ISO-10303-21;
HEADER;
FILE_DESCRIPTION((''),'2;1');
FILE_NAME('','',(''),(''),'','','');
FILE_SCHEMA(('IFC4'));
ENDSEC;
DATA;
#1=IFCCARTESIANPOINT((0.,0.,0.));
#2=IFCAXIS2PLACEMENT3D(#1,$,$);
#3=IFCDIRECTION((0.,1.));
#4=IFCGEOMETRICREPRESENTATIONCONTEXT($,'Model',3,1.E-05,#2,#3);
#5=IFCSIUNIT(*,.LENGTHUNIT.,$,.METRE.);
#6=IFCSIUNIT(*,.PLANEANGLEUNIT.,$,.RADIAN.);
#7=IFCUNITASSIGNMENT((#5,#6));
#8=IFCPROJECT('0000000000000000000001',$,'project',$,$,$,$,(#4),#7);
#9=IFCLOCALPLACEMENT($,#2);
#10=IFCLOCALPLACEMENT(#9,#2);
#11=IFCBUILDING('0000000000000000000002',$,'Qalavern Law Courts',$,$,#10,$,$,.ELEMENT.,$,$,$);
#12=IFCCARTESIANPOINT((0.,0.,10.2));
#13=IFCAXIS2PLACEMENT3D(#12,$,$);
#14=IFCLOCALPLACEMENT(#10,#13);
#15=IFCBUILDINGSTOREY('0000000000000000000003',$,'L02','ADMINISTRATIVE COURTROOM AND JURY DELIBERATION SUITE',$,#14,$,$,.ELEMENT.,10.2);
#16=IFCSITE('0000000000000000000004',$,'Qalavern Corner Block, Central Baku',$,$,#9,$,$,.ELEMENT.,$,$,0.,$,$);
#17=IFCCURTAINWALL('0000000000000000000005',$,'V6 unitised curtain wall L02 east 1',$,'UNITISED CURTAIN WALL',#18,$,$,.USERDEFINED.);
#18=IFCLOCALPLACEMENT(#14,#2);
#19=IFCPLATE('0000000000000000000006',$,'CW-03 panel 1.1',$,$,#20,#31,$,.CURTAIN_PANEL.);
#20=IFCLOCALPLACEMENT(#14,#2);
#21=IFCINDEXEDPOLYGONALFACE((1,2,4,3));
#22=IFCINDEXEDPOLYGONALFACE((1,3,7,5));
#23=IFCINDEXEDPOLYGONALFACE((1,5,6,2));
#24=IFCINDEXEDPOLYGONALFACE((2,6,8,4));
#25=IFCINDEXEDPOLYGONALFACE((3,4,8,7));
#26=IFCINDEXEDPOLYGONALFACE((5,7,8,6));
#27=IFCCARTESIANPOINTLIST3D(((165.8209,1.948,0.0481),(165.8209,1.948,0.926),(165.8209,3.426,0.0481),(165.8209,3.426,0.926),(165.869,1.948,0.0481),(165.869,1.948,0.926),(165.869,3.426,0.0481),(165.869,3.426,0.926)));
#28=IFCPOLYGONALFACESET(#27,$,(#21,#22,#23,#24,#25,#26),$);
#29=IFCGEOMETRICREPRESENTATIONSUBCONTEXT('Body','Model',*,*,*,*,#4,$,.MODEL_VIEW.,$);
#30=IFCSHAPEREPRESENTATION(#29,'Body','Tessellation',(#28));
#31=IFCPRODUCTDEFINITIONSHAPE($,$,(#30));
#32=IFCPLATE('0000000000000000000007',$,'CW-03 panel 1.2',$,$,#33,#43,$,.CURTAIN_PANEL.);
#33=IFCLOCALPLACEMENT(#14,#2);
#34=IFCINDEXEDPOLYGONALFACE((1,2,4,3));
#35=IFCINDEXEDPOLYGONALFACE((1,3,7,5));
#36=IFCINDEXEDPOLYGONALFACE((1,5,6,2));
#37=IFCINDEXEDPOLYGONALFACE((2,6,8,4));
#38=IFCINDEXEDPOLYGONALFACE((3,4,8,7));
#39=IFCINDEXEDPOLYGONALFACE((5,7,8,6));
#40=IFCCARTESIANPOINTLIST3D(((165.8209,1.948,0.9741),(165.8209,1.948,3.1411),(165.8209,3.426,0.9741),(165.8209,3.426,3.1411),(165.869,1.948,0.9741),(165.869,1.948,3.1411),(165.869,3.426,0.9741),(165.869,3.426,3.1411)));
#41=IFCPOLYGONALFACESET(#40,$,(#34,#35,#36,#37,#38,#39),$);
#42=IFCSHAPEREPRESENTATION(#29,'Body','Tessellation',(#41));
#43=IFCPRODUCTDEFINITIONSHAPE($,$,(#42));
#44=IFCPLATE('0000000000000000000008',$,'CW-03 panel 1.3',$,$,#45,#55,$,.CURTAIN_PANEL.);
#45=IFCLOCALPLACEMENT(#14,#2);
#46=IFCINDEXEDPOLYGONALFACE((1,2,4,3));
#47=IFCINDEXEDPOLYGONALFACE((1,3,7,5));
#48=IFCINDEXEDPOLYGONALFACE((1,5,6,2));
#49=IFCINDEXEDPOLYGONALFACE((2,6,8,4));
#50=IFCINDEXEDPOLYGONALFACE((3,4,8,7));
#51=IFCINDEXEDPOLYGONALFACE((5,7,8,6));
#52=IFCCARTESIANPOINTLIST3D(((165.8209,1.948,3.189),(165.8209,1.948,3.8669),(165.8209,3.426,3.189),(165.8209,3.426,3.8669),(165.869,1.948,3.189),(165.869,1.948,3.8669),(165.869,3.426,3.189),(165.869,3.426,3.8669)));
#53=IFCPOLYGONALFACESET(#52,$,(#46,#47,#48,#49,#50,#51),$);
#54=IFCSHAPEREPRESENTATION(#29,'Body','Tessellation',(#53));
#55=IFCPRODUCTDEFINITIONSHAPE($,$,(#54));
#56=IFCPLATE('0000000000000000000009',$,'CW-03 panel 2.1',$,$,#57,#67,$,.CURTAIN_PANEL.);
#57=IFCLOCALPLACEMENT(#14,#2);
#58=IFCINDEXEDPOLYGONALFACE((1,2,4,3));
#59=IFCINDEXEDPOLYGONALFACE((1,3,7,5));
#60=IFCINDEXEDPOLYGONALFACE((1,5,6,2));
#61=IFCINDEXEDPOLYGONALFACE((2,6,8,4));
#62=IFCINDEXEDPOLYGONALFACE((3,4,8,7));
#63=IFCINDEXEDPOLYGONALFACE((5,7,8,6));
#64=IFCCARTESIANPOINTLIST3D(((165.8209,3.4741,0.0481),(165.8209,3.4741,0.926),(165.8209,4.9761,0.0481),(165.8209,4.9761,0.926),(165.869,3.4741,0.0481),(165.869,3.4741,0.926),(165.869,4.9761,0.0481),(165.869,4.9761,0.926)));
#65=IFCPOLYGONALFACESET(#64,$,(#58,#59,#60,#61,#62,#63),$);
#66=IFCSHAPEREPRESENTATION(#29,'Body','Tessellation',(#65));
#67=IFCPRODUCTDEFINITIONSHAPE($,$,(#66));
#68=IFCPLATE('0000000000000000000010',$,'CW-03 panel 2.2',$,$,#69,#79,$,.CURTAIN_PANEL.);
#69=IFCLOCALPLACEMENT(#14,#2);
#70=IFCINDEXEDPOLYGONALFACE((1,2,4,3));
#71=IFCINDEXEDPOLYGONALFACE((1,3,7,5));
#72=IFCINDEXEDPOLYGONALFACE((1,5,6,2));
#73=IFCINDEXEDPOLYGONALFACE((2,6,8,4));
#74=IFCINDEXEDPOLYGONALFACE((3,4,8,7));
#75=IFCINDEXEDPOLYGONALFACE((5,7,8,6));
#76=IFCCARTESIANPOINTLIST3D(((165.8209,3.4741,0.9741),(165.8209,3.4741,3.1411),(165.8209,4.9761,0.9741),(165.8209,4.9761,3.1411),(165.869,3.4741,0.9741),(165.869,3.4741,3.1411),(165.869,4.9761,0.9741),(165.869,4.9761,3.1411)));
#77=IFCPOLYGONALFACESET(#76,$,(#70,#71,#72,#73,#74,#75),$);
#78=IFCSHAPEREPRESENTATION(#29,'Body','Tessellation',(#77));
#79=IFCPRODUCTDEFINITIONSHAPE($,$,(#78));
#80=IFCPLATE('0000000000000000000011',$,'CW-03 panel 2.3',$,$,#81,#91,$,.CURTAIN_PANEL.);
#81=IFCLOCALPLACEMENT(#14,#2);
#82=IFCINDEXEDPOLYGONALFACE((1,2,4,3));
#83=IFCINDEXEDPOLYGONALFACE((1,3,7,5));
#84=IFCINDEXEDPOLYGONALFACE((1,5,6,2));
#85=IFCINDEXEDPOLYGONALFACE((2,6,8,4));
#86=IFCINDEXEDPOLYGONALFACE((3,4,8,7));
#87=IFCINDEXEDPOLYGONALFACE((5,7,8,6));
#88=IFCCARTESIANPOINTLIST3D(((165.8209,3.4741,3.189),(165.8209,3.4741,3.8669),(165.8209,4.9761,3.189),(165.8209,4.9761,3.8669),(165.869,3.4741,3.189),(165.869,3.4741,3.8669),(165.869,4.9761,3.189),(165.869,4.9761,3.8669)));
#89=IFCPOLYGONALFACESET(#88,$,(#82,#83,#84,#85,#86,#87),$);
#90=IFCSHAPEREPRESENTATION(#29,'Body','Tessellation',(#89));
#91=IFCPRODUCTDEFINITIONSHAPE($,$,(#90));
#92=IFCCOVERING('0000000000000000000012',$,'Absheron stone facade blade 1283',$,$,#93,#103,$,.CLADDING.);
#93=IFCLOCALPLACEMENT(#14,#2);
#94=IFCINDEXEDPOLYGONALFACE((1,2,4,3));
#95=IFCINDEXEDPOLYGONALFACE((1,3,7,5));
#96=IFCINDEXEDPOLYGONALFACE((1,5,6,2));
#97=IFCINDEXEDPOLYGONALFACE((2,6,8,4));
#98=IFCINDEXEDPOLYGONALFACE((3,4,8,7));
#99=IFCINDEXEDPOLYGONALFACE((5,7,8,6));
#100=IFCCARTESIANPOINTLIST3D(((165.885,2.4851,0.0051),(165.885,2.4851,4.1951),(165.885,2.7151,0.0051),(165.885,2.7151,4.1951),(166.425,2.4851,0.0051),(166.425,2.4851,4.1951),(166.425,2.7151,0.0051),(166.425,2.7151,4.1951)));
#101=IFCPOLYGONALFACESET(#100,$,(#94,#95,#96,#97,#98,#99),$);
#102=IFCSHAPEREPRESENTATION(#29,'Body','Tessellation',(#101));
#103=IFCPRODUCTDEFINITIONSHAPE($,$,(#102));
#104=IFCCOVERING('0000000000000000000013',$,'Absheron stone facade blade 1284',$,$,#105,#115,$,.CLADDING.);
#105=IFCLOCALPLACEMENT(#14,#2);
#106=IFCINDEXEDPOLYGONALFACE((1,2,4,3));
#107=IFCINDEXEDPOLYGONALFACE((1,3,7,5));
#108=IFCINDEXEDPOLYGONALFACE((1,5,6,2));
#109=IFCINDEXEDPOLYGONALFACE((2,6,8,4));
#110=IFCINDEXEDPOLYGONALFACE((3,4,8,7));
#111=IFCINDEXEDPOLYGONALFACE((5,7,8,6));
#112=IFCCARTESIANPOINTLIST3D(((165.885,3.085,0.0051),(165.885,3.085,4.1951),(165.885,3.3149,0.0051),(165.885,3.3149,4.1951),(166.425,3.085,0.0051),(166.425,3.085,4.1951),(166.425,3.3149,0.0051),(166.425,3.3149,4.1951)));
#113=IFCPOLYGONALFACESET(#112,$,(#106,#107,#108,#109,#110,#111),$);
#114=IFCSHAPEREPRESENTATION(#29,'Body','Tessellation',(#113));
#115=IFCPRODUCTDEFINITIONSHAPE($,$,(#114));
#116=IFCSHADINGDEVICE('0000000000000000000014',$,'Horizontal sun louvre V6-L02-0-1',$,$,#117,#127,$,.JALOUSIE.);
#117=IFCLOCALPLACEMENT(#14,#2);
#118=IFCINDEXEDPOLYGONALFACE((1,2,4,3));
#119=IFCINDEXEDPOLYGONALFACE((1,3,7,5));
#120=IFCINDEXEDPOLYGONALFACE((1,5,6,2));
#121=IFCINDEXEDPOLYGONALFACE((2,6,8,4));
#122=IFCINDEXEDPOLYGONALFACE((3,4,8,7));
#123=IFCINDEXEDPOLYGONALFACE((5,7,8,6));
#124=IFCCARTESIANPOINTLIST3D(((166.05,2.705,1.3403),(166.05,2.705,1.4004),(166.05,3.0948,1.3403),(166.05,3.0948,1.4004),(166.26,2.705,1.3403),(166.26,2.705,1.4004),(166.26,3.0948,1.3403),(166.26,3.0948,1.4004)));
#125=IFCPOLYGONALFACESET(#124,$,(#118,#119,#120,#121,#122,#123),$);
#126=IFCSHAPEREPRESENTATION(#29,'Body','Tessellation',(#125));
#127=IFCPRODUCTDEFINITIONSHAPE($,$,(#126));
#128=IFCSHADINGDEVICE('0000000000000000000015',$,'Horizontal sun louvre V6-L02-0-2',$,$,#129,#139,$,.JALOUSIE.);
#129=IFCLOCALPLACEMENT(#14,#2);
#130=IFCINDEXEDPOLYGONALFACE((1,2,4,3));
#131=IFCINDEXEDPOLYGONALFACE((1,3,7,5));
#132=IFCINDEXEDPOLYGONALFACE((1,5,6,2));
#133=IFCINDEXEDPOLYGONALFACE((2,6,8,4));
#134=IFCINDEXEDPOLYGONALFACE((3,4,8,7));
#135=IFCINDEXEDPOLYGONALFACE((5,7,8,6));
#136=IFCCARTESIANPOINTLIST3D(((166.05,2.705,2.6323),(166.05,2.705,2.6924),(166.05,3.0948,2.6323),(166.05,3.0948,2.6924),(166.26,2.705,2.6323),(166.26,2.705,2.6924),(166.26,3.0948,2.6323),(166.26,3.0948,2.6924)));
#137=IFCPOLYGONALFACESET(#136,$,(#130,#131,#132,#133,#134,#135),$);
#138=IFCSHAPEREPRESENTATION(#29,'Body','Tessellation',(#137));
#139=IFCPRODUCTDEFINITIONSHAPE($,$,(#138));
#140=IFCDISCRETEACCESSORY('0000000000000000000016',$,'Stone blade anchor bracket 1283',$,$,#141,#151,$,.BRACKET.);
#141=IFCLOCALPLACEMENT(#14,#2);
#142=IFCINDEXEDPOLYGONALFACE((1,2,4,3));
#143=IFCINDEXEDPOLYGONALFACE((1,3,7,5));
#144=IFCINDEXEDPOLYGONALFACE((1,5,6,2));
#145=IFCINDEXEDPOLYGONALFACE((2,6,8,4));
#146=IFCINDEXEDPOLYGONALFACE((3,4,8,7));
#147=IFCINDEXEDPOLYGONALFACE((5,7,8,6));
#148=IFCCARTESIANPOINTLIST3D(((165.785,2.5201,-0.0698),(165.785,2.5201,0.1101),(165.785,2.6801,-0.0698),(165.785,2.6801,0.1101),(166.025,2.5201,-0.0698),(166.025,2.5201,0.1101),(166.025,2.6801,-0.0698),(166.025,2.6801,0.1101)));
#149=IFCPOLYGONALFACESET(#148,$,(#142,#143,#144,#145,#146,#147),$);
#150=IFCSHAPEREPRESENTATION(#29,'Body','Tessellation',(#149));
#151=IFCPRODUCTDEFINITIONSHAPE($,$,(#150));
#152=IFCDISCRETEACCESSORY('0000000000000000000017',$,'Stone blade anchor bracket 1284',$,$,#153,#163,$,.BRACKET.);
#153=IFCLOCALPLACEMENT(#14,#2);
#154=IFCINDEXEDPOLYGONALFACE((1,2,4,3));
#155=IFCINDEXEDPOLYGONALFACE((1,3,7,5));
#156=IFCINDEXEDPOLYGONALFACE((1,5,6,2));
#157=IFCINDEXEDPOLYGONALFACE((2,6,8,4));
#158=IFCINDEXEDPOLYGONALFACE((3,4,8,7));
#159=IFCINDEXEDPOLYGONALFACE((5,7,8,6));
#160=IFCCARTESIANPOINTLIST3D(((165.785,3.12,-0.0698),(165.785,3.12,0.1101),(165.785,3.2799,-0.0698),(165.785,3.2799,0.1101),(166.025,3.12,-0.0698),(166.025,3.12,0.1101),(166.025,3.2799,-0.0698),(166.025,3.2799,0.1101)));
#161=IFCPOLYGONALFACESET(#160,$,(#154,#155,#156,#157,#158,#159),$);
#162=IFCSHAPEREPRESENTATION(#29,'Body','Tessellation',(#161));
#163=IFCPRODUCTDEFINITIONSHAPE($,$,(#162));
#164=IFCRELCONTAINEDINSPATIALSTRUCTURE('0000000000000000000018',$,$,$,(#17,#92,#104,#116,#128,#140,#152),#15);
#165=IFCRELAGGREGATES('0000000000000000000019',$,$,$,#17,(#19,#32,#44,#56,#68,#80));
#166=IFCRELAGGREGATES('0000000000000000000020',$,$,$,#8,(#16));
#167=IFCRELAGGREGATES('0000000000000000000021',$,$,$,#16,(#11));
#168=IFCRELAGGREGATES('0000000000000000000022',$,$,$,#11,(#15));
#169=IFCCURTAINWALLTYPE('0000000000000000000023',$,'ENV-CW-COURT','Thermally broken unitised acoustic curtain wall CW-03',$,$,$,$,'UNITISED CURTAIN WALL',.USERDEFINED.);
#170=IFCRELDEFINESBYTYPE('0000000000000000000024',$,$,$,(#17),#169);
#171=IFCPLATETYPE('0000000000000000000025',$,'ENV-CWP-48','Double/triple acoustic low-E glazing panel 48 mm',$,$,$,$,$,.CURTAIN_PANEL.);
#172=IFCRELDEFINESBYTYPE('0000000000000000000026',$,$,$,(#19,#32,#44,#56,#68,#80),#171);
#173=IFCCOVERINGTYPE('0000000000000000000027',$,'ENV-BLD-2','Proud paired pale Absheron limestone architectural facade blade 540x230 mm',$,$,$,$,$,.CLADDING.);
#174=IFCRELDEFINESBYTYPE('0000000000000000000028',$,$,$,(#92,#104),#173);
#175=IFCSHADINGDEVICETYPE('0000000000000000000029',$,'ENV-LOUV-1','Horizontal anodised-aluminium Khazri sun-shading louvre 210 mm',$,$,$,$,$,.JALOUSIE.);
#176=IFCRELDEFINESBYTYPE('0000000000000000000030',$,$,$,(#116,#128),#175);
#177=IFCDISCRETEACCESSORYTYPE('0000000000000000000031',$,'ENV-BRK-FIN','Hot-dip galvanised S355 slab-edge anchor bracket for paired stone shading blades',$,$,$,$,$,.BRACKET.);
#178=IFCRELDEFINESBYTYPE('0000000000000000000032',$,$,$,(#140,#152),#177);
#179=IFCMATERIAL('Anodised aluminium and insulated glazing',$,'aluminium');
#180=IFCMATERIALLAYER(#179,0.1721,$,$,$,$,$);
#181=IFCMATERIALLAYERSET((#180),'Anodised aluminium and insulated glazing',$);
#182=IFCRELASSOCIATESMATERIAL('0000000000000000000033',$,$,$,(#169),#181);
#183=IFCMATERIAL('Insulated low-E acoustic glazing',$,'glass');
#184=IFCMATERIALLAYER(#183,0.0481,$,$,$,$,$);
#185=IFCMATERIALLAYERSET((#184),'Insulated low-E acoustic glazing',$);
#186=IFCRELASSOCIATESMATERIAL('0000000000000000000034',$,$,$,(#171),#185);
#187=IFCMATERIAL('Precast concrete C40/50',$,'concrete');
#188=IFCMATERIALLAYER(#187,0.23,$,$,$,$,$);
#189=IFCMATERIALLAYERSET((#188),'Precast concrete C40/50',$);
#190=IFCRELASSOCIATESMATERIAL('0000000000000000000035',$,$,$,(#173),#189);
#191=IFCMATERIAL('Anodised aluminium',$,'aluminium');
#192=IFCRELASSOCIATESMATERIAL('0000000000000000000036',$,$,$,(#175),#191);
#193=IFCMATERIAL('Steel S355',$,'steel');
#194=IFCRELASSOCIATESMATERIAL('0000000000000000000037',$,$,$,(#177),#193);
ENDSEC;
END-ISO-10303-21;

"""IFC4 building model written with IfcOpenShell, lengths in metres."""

from ifc_helpers import new_model, si_unit, direction, frame, origin, origin_2d, place, context, subcontext, project, spatial, rectangle, extrude, material, layer, layer_set, type_object, element, aggregate, save


model = new_model("IFC4")

# Units and contexts
model_context = context("Model", 3, precision=1e-05, world=origin(), true_north=direction((0.0, 1.0)))
body_context = subcontext(model_context, "Body", "Model", "MODEL_VIEW")
ifc_project = project(units=[si_unit("LENGTHUNIT", "METRE"), si_unit("PLANEANGLEUNIT", "RADIAN")], contexts=[model_context])

# Site, building, storey
site_placement = place(None, origin())
site = spatial("IfcSite", under=ifc_project, at=site_placement, Name="Qalavern Corner Block, Central Baku", CompositionType="ELEMENT", RefElevation=0.0)
building_placement = place(site_placement, origin())
building = spatial("IfcBuilding", under=site, at=building_placement, Name="Qalavern Law Courts", CompositionType="ELEMENT")
storey_placement = place(building_placement, frame((0.0, 0.0, 10.2)))
storey = spatial("IfcBuildingStorey", under=building, at=storey_placement, Name="L02", Description="ADMINISTRATIVE COURTROOM AND JURY DELIBERATION SUITE", CompositionType="ELEMENT", Elevation=10.2)

# Curtain wall, plates
ifc_material_1 = material(Name="Anodised aluminium and insulated glazing", Category="aluminium")
ifc_layer_1 = layer(ifc_material_1, 0.1721)
ifc_layer_set_1 = layer_set([ifc_layer_1], Name="Anodised aluminium and insulated glazing")
curtain_wall_type = type_object("IfcCurtainWallType", Name="ENV-CW-COURT", Description="Thermally broken unitised acoustic curtain wall CW-03", ElementType="UNITISED CURTAIN WALL", PredefinedType="USERDEFINED", material=ifc_layer_set_1)
curtain_wall_placement = place(storey_placement, origin())
curtain_wall = element("IfcCurtainWall", 1, at=curtain_wall_placement, inside=storey, type_object=curtain_wall_type, Name="V6 unitised curtain wall L02 east 1", ObjectType="UNITISED CURTAIN WALL", PredefinedType="USERDEFINED")
ifc_material_2 = material(Name="Anodised aluminium", Category="aluminium")
ifc_material_3 = material(Name="Insulated low-E acoustic glazing", Category="glass")
ifc_layer_2 = layer(ifc_material_3, 0.0481)
ifc_layer_set_2 = layer_set([ifc_layer_2], Name="Insulated low-E acoustic glazing")
plate_type = type_object("IfcPlateType", Name="ENV-CWP-48", Description="Double/triple acoustic low-E glazing panel 48 mm", PredefinedType="CURTAIN_PANEL", material=ifc_layer_set_2)
plate_1_placement = place(storey_placement, frame((165.845, 2.687, 0.0481), z_axis=(0.0, 0.0, 1.0), x_axis=(0.0, 1.0, 0.0)))
plate_1 = element("IfcPlate", 2, at=plate_1_placement, type_object=plate_type, Name="CW-03 panel 1.1", PredefinedType="CURTAIN_PANEL", context=body_context, shape_type="SweptSolid", body=[
    extrude(rectangle(XDim=1.478, YDim=0.0481, at=origin_2d()), origin(), (0.0, 0.0, 1.0), 0.8779),
])
plate_2_placement = place(storey_placement, frame((165.845, 2.687, 0.9741), z_axis=(0.0, 0.0, 1.0), x_axis=(0.0, 1.0, 0.0)))
plate_2 = element("IfcPlate", 3, at=plate_2_placement, type_object=plate_type, Name="CW-03 panel 1.2", PredefinedType="CURTAIN_PANEL", context=body_context, shape_type="SweptSolid", body=[
    extrude(rectangle(XDim=1.478, YDim=0.0481, at=origin_2d()), origin(), (0.0, 0.0, 1.0), 2.167),
])
plate_3_placement = place(storey_placement, frame((165.845, 2.687, 3.189), z_axis=(0.0, 0.0, 1.0), x_axis=(0.0, 1.0, 0.0)))
plate_3 = element("IfcPlate", 4, at=plate_3_placement, type_object=plate_type, Name="CW-03 panel 1.3", PredefinedType="CURTAIN_PANEL", context=body_context, shape_type="SweptSolid", body=[
    extrude(rectangle(XDim=1.478, YDim=0.0481, at=origin_2d()), origin(), (0.0, 0.0, 1.0), 0.678),
])
plate_4_placement = place(storey_placement, frame((165.845, 4.2251, 0.0481), z_axis=(0.0, 0.0, 1.0), x_axis=(0.0, 1.0, 0.0)))
plate_4 = element("IfcPlate", 5, at=plate_4_placement, type_object=plate_type, Name="CW-03 panel 2.1", PredefinedType="CURTAIN_PANEL", context=body_context, shape_type="SweptSolid", body=[
    extrude(rectangle(XDim=1.502, YDim=0.0481, at=origin_2d()), origin(), (0.0, 0.0, 1.0), 0.8779),
])
plate_5_placement = place(storey_placement, frame((165.845, 4.2251, 0.9741), z_axis=(0.0, 0.0, 1.0), x_axis=(0.0, 1.0, 0.0)))
plate_5 = element("IfcPlate", 6, at=plate_5_placement, type_object=plate_type, Name="CW-03 panel 2.2", PredefinedType="CURTAIN_PANEL", context=body_context, shape_type="SweptSolid", body=[
    extrude(rectangle(XDim=1.502, YDim=0.0481, at=origin_2d()), origin(), (0.0, 0.0, 1.0), 2.167),
])
plate_6_placement = place(storey_placement, frame((165.845, 4.2251, 3.189), z_axis=(0.0, 0.0, 1.0), x_axis=(0.0, 1.0, 0.0)))
plate_6 = element("IfcPlate", 7, at=plate_6_placement, type_object=plate_type, Name="CW-03 panel 2.3", PredefinedType="CURTAIN_PANEL", context=body_context, shape_type="SweptSolid", body=[
    extrude(rectangle(XDim=1.502, YDim=0.0481, at=origin_2d()), origin(), (0.0, 0.0, 1.0), 0.678),
])
aggregate(curtain_wall, [plate_1, plate_2, plate_3, plate_4, plate_5, plate_6])

# Coverings
ifc_material_4 = material(Name="Precast concrete C40/50", Category="concrete")
ifc_layer_3 = layer(ifc_material_4, 0.23)
ifc_layer_set_3 = layer_set([ifc_layer_3], Name="Precast concrete C40/50")
covering_type = type_object("IfcCoveringType", Name="ENV-BLD-2", Description="Proud paired pale Absheron limestone architectural facade blade 540x230 mm", PredefinedType="CLADDING", material=ifc_layer_set_3)
for number, where, z_axis, x_axis, name in (
    (8, (166.155, 2.6001, 0.0051), (0.0, 0.0, 1.0), (1.0, 0.0, 0.0), "Absheron stone facade blade 1283"),
    (9, (166.155, 3.2, 0.0051), (0.0, 0.0, 1.0), (1.0, 0.0, 0.0), "Absheron stone facade blade 1284"),
):
    element("IfcCovering", number, at=place(storey_placement, frame(where, z_axis=z_axis, x_axis=x_axis)), inside=storey, type_object=covering_type, Name=name, PredefinedType="CLADDING", context=body_context, shape_type="SweptSolid", body=[
        extrude(rectangle(XDim=0.54, YDim=0.23, at=origin_2d()), origin(), (0.0, 0.0, 1.0), 4.1899),
    ])

# Shading devices
shading_device_type = type_object("IfcShadingDeviceType", Name="ENV-LOUV-1", Description="Horizontal anodised-aluminium Khazri sun-shading louvre 210 mm", PredefinedType="JALOUSIE", material=ifc_material_2)
for number, where, z_axis, x_axis, name in (
    (10, (166.155, 2.8999, 1.3403), (0.0, 0.0, 1.0), (0.0, 1.0, 0.0), "Horizontal sun louvre V6-L02-0-1"),
    (11, (166.155, 2.8999, 2.6323), (0.0, 0.0, 1.0), (0.0, 1.0, 0.0), "Horizontal sun louvre V6-L02-0-2"),
):
    element("IfcShadingDevice", number, at=place(storey_placement, frame(where, z_axis=z_axis, x_axis=x_axis)), inside=storey, type_object=shading_device_type, Name=name, PredefinedType="JALOUSIE", context=body_context, shape_type="SweptSolid", body=[
        extrude(rectangle(XDim=0.3899, YDim=0.21, at=origin_2d()), origin(), (0.0, 0.0, 1.0), 0.0601),
    ])

# Discrete accessories
ifc_material_5 = material(Name="Steel S355", Category="steel")
discrete_accessory_type = type_object("IfcDiscreteAccessoryType", Name="ENV-BRK-FIN", Description="Hot-dip galvanised S355 slab-edge anchor bracket for paired stone shading blades", PredefinedType="BRACKET", material=ifc_material_5)
for number, where, z_axis, x_axis, name in (
    (12, (165.905, 2.6001, -0.0698), (0.0, 0.0, 1.0), (1.0, 0.0, 0.0), "Stone blade anchor bracket 1283"),
    (13, (165.905, 3.2, -0.0698), (0.0, 0.0, 1.0), (1.0, 0.0, 0.0), "Stone blade anchor bracket 1284"),
):
    element("IfcDiscreteAccessory", number, at=place(storey_placement, frame(where, z_axis=z_axis, x_axis=x_axis)), inside=storey, type_object=discrete_accessory_type, Name=name, PredefinedType="BRACKET", context=body_context, shape_type="SweptSolid", body=[
        extrude(rectangle(XDim=0.24, YDim=0.1599, at=origin_2d()), origin(), (0.0, 0.0, 1.0), 0.1799),
    ])

save(model, "model.ifc")
